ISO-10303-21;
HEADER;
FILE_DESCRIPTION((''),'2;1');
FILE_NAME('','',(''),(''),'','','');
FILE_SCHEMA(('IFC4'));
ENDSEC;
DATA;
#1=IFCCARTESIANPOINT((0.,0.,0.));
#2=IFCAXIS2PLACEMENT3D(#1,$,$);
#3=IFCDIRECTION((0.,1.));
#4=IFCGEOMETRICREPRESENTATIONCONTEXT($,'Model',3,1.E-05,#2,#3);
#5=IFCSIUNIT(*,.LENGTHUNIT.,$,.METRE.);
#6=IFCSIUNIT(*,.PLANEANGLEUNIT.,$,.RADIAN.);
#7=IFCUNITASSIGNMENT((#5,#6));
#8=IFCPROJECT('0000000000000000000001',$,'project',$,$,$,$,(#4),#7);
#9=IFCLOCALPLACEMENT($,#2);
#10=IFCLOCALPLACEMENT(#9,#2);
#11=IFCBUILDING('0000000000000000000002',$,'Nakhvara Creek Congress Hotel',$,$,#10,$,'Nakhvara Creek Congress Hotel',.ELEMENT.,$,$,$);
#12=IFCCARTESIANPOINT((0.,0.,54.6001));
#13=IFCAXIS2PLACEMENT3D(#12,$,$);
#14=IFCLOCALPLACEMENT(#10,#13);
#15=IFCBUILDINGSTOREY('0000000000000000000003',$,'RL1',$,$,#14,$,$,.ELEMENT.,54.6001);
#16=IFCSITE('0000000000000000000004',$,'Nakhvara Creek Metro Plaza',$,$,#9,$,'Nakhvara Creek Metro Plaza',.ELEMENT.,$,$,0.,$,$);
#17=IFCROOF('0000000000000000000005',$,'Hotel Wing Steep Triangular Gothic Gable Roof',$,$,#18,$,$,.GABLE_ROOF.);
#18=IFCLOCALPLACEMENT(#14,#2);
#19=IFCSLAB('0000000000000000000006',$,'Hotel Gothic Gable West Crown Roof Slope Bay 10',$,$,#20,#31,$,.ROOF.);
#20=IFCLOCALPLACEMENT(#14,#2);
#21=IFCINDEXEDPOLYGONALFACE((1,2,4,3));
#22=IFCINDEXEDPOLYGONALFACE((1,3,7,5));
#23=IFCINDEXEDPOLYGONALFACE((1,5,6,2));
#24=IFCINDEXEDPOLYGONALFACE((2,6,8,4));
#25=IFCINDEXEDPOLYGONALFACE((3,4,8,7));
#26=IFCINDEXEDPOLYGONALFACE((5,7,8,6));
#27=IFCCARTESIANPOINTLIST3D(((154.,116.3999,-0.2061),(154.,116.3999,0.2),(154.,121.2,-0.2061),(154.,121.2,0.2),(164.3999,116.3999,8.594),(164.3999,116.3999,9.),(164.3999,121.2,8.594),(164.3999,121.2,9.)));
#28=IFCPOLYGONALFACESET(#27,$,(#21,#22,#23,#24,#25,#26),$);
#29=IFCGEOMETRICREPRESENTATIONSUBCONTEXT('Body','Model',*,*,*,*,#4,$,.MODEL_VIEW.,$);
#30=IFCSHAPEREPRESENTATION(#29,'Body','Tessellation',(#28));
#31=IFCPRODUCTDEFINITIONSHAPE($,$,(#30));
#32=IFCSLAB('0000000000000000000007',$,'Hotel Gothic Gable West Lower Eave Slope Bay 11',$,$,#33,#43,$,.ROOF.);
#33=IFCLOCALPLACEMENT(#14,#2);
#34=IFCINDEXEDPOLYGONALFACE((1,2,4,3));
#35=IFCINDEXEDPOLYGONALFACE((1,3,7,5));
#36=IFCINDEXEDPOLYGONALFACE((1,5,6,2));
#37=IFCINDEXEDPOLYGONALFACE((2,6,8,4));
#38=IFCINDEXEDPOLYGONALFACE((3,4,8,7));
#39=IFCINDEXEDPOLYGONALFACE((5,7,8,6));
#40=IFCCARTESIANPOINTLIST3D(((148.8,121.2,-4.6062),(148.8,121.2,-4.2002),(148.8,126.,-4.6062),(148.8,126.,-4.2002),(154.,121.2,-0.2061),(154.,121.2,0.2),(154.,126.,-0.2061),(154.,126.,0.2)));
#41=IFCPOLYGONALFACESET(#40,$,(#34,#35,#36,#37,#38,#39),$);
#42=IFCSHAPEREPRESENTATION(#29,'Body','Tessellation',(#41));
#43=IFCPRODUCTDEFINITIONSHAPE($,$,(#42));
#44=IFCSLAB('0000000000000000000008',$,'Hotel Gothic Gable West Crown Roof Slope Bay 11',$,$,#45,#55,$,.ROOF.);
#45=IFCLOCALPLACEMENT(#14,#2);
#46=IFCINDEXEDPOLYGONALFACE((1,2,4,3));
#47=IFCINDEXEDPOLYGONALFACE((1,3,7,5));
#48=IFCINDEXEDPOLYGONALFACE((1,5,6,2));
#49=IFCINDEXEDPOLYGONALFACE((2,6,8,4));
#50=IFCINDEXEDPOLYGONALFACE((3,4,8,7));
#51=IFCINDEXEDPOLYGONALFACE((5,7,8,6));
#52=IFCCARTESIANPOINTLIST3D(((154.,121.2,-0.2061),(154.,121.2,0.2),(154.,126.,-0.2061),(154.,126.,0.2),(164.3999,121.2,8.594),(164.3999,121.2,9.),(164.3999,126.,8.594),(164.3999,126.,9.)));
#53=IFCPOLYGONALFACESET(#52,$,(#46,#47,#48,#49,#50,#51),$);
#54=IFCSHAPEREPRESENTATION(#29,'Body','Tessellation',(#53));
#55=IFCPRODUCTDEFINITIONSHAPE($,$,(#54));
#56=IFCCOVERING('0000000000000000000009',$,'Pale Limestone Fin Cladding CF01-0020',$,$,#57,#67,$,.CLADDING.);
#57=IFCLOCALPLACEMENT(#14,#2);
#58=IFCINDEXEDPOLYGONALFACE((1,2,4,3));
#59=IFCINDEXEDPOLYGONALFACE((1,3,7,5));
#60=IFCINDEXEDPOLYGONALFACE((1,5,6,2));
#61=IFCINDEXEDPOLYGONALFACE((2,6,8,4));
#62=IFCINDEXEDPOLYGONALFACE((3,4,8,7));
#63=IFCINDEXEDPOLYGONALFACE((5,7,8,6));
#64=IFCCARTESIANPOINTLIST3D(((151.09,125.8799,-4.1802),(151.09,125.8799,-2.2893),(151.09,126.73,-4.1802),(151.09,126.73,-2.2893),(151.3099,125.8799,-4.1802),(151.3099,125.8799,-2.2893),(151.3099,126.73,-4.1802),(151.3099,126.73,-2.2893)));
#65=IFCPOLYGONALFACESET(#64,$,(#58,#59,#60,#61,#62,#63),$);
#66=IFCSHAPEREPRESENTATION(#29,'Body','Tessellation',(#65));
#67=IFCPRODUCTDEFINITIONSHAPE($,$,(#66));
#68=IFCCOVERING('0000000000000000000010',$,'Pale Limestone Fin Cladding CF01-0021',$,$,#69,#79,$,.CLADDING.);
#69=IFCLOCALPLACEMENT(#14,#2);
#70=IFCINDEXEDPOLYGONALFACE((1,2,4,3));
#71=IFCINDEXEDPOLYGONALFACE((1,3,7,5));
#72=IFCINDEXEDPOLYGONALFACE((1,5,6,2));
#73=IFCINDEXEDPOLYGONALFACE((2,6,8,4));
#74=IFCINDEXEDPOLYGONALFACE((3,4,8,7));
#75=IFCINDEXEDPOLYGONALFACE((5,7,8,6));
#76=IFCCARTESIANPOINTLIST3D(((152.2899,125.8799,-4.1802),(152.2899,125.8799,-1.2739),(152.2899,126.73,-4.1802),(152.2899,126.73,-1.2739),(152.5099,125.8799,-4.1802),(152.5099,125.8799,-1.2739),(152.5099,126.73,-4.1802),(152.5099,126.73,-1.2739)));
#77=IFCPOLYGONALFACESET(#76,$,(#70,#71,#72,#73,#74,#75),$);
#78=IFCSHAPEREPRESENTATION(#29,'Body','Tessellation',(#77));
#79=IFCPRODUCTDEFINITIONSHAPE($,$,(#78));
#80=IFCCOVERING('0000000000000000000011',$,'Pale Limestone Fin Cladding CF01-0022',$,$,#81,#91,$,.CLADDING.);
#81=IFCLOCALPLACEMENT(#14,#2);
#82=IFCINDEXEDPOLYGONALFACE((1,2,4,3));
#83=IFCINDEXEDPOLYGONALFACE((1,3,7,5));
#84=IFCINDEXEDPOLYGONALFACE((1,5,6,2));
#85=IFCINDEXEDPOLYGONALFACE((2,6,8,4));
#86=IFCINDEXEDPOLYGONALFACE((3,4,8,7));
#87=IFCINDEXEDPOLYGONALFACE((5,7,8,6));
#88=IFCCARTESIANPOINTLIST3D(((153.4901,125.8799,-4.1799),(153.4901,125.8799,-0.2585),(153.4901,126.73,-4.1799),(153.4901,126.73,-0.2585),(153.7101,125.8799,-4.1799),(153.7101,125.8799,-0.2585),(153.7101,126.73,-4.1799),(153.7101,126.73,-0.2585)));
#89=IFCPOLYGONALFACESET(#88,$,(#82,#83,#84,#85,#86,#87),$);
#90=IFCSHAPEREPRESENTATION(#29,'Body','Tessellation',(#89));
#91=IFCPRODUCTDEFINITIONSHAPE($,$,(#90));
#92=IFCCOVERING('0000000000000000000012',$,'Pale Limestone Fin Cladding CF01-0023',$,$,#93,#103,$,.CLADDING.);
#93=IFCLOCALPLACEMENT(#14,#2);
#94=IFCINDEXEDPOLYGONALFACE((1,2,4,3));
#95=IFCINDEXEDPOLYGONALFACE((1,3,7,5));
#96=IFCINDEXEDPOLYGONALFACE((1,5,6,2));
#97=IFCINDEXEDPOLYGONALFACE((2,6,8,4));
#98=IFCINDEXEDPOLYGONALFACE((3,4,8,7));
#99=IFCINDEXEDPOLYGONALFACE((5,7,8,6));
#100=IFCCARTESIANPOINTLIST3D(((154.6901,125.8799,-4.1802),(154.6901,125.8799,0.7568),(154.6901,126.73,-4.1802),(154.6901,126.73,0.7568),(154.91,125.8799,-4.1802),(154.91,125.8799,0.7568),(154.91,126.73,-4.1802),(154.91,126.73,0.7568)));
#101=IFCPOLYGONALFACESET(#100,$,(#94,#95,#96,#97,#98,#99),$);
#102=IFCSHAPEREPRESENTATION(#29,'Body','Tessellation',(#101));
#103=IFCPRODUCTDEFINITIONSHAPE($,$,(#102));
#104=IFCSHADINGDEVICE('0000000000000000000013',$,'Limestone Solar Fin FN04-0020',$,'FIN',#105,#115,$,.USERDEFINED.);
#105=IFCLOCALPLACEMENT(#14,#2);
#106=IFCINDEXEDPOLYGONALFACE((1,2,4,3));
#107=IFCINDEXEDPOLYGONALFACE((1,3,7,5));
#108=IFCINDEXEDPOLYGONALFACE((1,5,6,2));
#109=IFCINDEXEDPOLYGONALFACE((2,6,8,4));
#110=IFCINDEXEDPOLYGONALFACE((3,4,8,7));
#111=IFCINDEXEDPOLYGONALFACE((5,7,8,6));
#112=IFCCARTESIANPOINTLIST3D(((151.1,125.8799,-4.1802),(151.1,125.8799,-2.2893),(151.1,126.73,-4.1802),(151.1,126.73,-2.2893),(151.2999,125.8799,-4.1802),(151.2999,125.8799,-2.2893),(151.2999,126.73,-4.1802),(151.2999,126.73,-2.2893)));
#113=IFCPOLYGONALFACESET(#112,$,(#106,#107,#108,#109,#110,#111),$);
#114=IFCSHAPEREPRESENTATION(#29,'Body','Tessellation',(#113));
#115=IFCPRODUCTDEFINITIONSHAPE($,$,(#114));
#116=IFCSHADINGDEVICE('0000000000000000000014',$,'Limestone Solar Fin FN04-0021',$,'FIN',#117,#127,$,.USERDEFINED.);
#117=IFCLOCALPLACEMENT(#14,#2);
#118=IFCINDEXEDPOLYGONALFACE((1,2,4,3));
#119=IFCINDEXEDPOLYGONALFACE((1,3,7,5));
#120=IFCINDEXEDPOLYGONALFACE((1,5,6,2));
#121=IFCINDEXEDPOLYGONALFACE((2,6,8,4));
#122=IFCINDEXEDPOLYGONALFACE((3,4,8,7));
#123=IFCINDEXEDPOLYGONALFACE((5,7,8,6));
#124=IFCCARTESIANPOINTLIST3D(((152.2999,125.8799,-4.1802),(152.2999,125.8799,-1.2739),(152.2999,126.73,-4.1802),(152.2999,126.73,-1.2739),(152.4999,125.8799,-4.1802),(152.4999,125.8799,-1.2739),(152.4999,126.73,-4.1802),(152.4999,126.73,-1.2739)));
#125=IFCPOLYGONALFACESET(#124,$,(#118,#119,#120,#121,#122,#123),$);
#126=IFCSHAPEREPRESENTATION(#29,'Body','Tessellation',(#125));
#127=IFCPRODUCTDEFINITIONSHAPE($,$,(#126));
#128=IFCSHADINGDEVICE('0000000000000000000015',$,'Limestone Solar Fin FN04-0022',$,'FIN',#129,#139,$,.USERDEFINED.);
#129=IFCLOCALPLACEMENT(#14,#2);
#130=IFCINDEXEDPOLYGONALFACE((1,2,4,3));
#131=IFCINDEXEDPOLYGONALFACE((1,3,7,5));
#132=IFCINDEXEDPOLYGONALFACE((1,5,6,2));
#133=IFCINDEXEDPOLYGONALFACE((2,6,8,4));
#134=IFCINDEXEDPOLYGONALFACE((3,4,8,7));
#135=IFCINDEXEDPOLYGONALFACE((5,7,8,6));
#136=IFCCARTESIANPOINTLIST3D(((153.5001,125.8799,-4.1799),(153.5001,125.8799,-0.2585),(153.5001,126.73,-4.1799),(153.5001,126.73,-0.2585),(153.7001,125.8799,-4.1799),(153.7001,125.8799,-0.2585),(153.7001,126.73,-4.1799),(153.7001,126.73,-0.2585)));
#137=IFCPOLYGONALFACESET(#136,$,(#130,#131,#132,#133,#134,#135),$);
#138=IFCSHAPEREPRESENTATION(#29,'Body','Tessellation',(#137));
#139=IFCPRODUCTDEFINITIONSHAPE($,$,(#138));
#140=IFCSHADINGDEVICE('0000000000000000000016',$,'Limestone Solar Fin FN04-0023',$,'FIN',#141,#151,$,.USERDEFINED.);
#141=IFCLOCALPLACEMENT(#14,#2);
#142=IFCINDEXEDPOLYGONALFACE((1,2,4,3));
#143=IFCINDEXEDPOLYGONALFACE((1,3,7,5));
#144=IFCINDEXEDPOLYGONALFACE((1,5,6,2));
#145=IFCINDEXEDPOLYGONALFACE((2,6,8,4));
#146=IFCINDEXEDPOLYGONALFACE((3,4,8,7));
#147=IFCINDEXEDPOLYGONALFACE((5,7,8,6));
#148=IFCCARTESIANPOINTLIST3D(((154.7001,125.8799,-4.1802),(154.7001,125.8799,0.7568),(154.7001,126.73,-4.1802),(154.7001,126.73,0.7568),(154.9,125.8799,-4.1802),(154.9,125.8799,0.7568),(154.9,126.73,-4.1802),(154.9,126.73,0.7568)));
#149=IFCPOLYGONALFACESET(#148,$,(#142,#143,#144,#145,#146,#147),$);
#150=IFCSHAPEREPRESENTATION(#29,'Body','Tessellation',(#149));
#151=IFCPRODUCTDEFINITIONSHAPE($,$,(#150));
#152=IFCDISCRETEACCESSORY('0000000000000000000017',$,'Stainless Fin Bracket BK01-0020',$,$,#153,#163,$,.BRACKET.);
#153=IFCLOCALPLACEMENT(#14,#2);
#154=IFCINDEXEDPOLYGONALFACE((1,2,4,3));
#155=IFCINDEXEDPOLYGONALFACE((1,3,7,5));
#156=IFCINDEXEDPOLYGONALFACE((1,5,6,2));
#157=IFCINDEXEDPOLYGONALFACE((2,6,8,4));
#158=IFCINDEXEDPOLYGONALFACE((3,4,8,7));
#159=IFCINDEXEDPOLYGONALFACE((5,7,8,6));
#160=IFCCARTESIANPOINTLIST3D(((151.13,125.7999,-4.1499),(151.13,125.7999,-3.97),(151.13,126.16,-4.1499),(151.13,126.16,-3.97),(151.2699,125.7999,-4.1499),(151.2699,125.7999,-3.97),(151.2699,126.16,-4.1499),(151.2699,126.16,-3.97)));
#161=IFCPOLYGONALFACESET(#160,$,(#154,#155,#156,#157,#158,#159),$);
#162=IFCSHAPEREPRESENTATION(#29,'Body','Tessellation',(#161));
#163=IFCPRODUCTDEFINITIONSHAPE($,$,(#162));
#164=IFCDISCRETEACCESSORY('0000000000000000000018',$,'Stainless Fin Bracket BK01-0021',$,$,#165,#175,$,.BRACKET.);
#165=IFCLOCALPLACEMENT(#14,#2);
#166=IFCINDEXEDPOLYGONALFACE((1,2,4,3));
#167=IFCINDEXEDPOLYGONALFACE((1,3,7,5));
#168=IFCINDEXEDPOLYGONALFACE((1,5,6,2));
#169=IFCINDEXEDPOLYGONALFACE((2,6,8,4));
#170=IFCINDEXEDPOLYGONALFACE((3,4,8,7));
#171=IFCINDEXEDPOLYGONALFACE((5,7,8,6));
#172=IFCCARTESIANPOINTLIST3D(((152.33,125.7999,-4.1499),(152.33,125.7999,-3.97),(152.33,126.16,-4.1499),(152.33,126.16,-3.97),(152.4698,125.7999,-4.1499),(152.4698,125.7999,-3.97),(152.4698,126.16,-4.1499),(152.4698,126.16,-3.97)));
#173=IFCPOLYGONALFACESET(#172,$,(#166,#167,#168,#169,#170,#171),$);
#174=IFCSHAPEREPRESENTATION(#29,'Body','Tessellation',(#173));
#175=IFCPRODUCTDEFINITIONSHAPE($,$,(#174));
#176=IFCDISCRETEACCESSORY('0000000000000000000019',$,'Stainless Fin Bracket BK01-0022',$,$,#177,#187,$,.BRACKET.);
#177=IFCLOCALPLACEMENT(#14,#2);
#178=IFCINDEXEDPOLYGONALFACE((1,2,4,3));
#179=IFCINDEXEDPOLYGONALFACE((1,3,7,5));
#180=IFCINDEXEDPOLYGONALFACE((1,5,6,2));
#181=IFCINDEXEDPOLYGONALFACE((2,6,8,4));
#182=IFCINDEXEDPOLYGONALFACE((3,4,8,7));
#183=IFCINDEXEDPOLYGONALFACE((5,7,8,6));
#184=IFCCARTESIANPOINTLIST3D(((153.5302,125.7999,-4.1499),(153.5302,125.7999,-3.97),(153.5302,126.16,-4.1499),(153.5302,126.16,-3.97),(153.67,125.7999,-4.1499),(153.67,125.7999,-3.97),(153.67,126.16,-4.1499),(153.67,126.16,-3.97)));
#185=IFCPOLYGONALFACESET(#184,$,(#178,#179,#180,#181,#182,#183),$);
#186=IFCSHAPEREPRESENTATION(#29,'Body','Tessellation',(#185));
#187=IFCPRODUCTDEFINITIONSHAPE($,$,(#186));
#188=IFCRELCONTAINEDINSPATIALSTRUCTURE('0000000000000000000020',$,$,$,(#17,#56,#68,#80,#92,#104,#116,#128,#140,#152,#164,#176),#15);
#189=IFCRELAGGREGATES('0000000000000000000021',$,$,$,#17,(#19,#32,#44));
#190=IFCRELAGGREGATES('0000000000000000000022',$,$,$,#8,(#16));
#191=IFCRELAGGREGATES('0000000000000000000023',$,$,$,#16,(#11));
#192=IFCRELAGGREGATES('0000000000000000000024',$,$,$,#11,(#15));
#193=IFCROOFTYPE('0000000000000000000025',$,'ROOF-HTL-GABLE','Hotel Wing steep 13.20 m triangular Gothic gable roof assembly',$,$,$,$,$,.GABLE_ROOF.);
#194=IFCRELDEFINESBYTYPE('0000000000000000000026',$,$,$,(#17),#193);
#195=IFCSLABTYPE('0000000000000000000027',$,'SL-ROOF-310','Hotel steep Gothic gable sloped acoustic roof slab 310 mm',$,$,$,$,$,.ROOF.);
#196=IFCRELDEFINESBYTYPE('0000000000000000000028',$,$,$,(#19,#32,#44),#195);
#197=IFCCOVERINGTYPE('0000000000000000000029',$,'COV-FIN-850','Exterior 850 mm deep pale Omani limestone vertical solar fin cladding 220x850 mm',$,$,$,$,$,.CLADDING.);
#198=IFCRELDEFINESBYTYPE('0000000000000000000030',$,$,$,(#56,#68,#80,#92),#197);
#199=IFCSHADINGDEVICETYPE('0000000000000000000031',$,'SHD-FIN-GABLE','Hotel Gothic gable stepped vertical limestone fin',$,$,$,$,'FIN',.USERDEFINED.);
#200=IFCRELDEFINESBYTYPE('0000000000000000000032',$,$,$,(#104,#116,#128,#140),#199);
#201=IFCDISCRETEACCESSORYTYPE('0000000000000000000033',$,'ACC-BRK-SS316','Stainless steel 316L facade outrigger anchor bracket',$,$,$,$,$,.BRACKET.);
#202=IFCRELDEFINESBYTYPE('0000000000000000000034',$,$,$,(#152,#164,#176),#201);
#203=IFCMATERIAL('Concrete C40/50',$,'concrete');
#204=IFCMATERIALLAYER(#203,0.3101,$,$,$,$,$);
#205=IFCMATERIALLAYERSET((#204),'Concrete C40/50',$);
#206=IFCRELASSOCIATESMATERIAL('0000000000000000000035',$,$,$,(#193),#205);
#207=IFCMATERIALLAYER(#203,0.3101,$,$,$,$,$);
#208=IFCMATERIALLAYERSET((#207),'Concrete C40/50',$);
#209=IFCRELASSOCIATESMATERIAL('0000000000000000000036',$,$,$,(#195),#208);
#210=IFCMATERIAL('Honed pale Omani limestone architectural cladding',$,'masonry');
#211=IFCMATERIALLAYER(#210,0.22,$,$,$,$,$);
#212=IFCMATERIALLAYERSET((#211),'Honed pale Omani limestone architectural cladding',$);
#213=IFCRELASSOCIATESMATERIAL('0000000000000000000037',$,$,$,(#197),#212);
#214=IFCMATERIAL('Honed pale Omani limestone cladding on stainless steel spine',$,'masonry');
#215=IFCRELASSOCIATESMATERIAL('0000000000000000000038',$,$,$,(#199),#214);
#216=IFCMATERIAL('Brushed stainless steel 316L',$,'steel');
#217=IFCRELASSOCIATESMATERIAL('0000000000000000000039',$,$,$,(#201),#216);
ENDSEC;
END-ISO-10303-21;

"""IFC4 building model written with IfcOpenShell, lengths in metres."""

from ifc_helpers import new_model, si_unit, direction, frame, origin, origin_2d, place, context, subcontext, project, spatial, polyline, rectangle, outline, extrude, material, layer, layer_set, type_object, element, aggregate, save


model = new_model("IFC4")

# Units and contexts
model_context = context("Model", 3, precision=1e-05, world=origin(), true_north=direction((0.0, 1.0)))
body_context = subcontext(model_context, "Body", "Model", "MODEL_VIEW")
ifc_project = project(units=[si_unit("LENGTHUNIT", "METRE"), si_unit("PLANEANGLEUNIT", "RADIAN")], contexts=[model_context])

# Site, building, storey
site_placement = place(None, origin())
site = spatial("IfcSite", under=ifc_project, at=site_placement, Name="Nakhvara Creek Metro Plaza", LongName="Nakhvara Creek Metro Plaza", CompositionType="ELEMENT", RefElevation=0.0)
building_placement = place(site_placement, origin())
building = spatial("IfcBuilding", under=site, at=building_placement, Name="Nakhvara Creek Congress Hotel", LongName="Nakhvara Creek Congress Hotel", CompositionType="ELEMENT")
storey_placement = place(building_placement, frame((0.0, 0.0, 54.6001)))
storey = spatial("IfcBuildingStorey", under=building, at=storey_placement, Name="RL1", CompositionType="ELEMENT", Elevation=54.6001)

# Roof, slabs
ifc_material_1 = material(Name="Concrete C40/50", Category="concrete")
ifc_layer_1 = layer(ifc_material_1, 0.3101)
ifc_layer_set_1 = layer_set([ifc_layer_1], Name="Concrete C40/50")
roof_type = type_object("IfcRoofType", Name="ROOF-HTL-GABLE", Description="Hotel Wing steep 13.20 m triangular Gothic gable roof assembly", PredefinedType="GABLE_ROOF", material=ifc_layer_set_1)
roof_placement = place(storey_placement, origin())
roof = element("IfcRoof", 1, at=roof_placement, inside=storey, type_object=roof_type, Name="Hotel Wing Steep Triangular Gothic Gable Roof", PredefinedType="GABLE_ROOF")
ifc_layer_2 = layer(ifc_material_1, 0.3101)
ifc_layer_set_2 = layer_set([ifc_layer_2], Name="Concrete C40/50")
slab_type = type_object("IfcSlabType", Name="SL-ROOF-310", Description="Hotel steep Gothic gable sloped acoustic roof slab 310 mm", PredefinedType="ROOF", material=ifc_layer_set_2)
slab_1_placement = place(storey_placement, frame((154.0, 116.3999, 0.2), z_axis=(0.0, 0.0, 1.0), x_axis=(1.0, 0.0, 0.0)))
slab_1 = element("IfcSlab", 2, at=slab_1_placement, type_object=slab_type, Name="Hotel Gothic Gable West Crown Roof Slope Bay 10", PredefinedType="ROOF", context=body_context, shape_type="SweptSolid", body=[
    extrude(outline(polyline([(0.0, 0.0), (10.3999, 8.8), (10.3999, 8.394), (0.0, -0.406), (0.0, 0.0)])), frame((0.0, 4.8, 0.0), z_axis=(0.0, -1.0, 0.0), x_axis=(1.0, 0.0, 0.0)), (0.0, 0.0, 1.0), 4.8),
])
slab_2_placement = place(storey_placement, frame((148.8, 121.2, -4.2002), z_axis=(0.0, 0.0, 1.0), x_axis=(1.0, 0.0, 0.0)))
slab_2 = element("IfcSlab", 3, at=slab_2_placement, type_object=slab_type, Name="Hotel Gothic Gable West Lower Eave Slope Bay 11", PredefinedType="ROOF", context=body_context, shape_type="SweptSolid", body=[
    extrude(outline(polyline([(0.0, 0.0), (5.2, 4.4001), (5.2, 3.9941), (0.0, -0.406), (0.0, 0.0)])), frame((0.0, 4.8, 0.0), z_axis=(0.0, -1.0, 0.0), x_axis=(1.0, 0.0, 0.0)), (0.0, 0.0, 1.0), 4.8),
])
slab_3_placement = place(storey_placement, frame((154.0, 121.2, 0.2), z_axis=(0.0, 0.0, 1.0), x_axis=(1.0, 0.0, 0.0)))
slab_3 = element("IfcSlab", 4, at=slab_3_placement, type_object=slab_type, Name="Hotel Gothic Gable West Crown Roof Slope Bay 11", PredefinedType="ROOF", context=body_context, shape_type="SweptSolid", body=[
    extrude(outline(polyline([(0.0, 0.0), (10.3999, 8.8), (10.3999, 8.394), (0.0, -0.406), (0.0, 0.0)])), frame((0.0, 4.8, 0.0), z_axis=(0.0, -1.0, 0.0), x_axis=(1.0, 0.0, 0.0)), (0.0, 0.0, 1.0), 4.8),
])
aggregate(roof, [slab_1, slab_2, slab_3])

# Coverings
ifc_material_2 = material(Name="Honed pale Omani limestone architectural cladding", Category="masonry")
ifc_layer_3 = layer(ifc_material_2, 0.22)
ifc_layer_set_3 = layer_set([ifc_layer_3], Name="Honed pale Omani limestone architectural cladding")
covering_type = type_object("IfcCoveringType", Name="COV-FIN-850", Description="Exterior 850 mm deep pale Omani limestone vertical solar fin cladding 220x850 mm", PredefinedType="CLADDING", material=ifc_layer_set_3)
covering_1_placement = place(storey_placement, frame((151.2, 126.3049, -4.1802), z_axis=(0.0, 0.0, 1.0), x_axis=(1.0, 0.0, 0.0)))
element("IfcCovering", 5, at=covering_1_placement, inside=storey, type_object=covering_type, Name="Pale Limestone Fin Cladding CF01-0020", PredefinedType="CLADDING", context=body_context, shape_type="SweptSolid", body=[
    extrude(rectangle(XDim=0.22, YDim=0.8501, at=origin_2d()), origin(), (0.0, 0.0, 1.0), 1.8909),
])
covering_2_placement = place(storey_placement, frame((152.3999, 126.3049, -4.1802), z_axis=(0.0, 0.0, 1.0), x_axis=(1.0, 0.0, 0.0)))
element("IfcCovering", 6, at=covering_2_placement, inside=storey, type_object=covering_type, Name="Pale Limestone Fin Cladding CF01-0021", PredefinedType="CLADDING", context=body_context, shape_type="SweptSolid", body=[
    extrude(rectangle(XDim=0.22, YDim=0.8501, at=origin_2d()), origin(), (0.0, 0.0, 1.0), 2.9062),
])
covering_3_placement = place(storey_placement, frame((153.6001, 126.3049, -4.1799), z_axis=(0.0, 0.0, 1.0), x_axis=(1.0, 0.0, 0.0)))
element("IfcCovering", 7, at=covering_3_placement, inside=storey, type_object=covering_type, Name="Pale Limestone Fin Cladding CF01-0022", PredefinedType="CLADDING", context=body_context, shape_type="SweptSolid", body=[
    extrude(rectangle(XDim=0.22, YDim=0.8501, at=origin_2d()), origin(), (0.0, 0.0, 1.0), 3.9214),
])
covering_4_placement = place(storey_placement, frame((154.8, 126.3049, -4.1802), z_axis=(0.0, 0.0, 1.0), x_axis=(1.0, 0.0, 0.0)))
element("IfcCovering", 8, at=covering_4_placement, inside=storey, type_object=covering_type, Name="Pale Limestone Fin Cladding CF01-0023", PredefinedType="CLADDING", context=body_context, shape_type="SweptSolid", body=[
    extrude(rectangle(XDim=0.22, YDim=0.8501, at=origin_2d()), origin(), (0.0, 0.0, 1.0), 4.937),
])

# Shading devices
ifc_material_3 = material(Name="Honed pale Omani limestone cladding on stainless steel spine", Category="masonry")
shading_device_type = type_object("IfcShadingDeviceType", Name="SHD-FIN-GABLE", Description="Hotel Gothic gable stepped vertical limestone fin", ElementType="FIN", PredefinedType="USERDEFINED", material=ifc_material_3)
shading_device_1_placement = place(storey_placement, frame((151.2, 126.3049, -4.1802), z_axis=(0.0, 0.0, 1.0), x_axis=(1.0, 0.0, 0.0)))
element("IfcShadingDevice", 9, at=shading_device_1_placement, inside=storey, type_object=shading_device_type, Name="Limestone Solar Fin FN04-0020", ObjectType="FIN", PredefinedType="USERDEFINED", context=body_context, shape_type="SweptSolid", body=[
    extrude(rectangle(XDim=0.2, YDim=0.8501, at=origin_2d()), origin(), (0.0, 0.0, 1.0), 1.8909),
])
shading_device_2_placement = place(storey_placement, frame((152.3999, 126.3049, -4.1802), z_axis=(0.0, 0.0, 1.0), x_axis=(1.0, 0.0, 0.0)))
element("IfcShadingDevice", 10, at=shading_device_2_placement, inside=storey, type_object=shading_device_type, Name="Limestone Solar Fin FN04-0021", ObjectType="FIN", PredefinedType="USERDEFINED", context=body_context, shape_type="SweptSolid", body=[
    extrude(rectangle(XDim=0.2, YDim=0.8501, at=origin_2d()), origin(), (0.0, 0.0, 1.0), 2.9062),
])
shading_device_3_placement = place(storey_placement, frame((153.6001, 126.3049, -4.1799), z_axis=(0.0, 0.0, 1.0), x_axis=(1.0, 0.0, 0.0)))
element("IfcShadingDevice", 11, at=shading_device_3_placement, inside=storey, type_object=shading_device_type, Name="Limestone Solar Fin FN04-0022", ObjectType="FIN", PredefinedType="USERDEFINED", context=body_context, shape_type="SweptSolid", body=[
    extrude(rectangle(XDim=0.2, YDim=0.8501, at=origin_2d()), origin(), (0.0, 0.0, 1.0), 3.9214),
])
shading_device_4_placement = place(storey_placement, frame((154.8, 126.3049, -4.1802), z_axis=(0.0, 0.0, 1.0), x_axis=(1.0, 0.0, 0.0)))
element("IfcShadingDevice", 12, at=shading_device_4_placement, inside=storey, type_object=shading_device_type, Name="Limestone Solar Fin FN04-0023", ObjectType="FIN", PredefinedType="USERDEFINED", context=body_context, shape_type="SweptSolid", body=[
    extrude(rectangle(XDim=0.2, YDim=0.8501, at=origin_2d()), origin(), (0.0, 0.0, 1.0), 4.937),
])

# Discrete accessories
ifc_material_4 = material(Name="Brushed stainless steel 316L", Category="steel")
discrete_accessory_type = type_object("IfcDiscreteAccessoryType", Name="ACC-BRK-SS316", Description="Stainless steel 316L facade outrigger anchor bracket", PredefinedType="BRACKET", material=ifc_material_4)
for number, where, z_axis, x_axis, name in (
    (13, (151.2, 125.98, -4.1499), (0.0, 0.0, 1.0), (1.0, 0.0, 0.0), "Stainless Fin Bracket BK01-0020"),
    (14, (152.3999, 125.98, -4.1499), (0.0, 0.0, 1.0), (1.0, 0.0, 0.0), "Stainless Fin Bracket BK01-0021"),
    (15, (153.6001, 125.98, -4.1499), (0.0, 0.0, 1.0), (1.0, 0.0, 0.0), "Stainless Fin Bracket BK01-0022"),
):
    element("IfcDiscreteAccessory", number, at=place(storey_placement, frame(where, z_axis=z_axis, x_axis=x_axis)), inside=storey, type_object=discrete_accessory_type, Name=name, PredefinedType="BRACKET", context=body_context, shape_type="SweptSolid", body=[
        extrude(rectangle(XDim=0.1399, YDim=0.3601, at=origin_2d()), origin(), (0.0, 0.0, 1.0), 0.1799),
    ])

save(model, "model.ifc")
